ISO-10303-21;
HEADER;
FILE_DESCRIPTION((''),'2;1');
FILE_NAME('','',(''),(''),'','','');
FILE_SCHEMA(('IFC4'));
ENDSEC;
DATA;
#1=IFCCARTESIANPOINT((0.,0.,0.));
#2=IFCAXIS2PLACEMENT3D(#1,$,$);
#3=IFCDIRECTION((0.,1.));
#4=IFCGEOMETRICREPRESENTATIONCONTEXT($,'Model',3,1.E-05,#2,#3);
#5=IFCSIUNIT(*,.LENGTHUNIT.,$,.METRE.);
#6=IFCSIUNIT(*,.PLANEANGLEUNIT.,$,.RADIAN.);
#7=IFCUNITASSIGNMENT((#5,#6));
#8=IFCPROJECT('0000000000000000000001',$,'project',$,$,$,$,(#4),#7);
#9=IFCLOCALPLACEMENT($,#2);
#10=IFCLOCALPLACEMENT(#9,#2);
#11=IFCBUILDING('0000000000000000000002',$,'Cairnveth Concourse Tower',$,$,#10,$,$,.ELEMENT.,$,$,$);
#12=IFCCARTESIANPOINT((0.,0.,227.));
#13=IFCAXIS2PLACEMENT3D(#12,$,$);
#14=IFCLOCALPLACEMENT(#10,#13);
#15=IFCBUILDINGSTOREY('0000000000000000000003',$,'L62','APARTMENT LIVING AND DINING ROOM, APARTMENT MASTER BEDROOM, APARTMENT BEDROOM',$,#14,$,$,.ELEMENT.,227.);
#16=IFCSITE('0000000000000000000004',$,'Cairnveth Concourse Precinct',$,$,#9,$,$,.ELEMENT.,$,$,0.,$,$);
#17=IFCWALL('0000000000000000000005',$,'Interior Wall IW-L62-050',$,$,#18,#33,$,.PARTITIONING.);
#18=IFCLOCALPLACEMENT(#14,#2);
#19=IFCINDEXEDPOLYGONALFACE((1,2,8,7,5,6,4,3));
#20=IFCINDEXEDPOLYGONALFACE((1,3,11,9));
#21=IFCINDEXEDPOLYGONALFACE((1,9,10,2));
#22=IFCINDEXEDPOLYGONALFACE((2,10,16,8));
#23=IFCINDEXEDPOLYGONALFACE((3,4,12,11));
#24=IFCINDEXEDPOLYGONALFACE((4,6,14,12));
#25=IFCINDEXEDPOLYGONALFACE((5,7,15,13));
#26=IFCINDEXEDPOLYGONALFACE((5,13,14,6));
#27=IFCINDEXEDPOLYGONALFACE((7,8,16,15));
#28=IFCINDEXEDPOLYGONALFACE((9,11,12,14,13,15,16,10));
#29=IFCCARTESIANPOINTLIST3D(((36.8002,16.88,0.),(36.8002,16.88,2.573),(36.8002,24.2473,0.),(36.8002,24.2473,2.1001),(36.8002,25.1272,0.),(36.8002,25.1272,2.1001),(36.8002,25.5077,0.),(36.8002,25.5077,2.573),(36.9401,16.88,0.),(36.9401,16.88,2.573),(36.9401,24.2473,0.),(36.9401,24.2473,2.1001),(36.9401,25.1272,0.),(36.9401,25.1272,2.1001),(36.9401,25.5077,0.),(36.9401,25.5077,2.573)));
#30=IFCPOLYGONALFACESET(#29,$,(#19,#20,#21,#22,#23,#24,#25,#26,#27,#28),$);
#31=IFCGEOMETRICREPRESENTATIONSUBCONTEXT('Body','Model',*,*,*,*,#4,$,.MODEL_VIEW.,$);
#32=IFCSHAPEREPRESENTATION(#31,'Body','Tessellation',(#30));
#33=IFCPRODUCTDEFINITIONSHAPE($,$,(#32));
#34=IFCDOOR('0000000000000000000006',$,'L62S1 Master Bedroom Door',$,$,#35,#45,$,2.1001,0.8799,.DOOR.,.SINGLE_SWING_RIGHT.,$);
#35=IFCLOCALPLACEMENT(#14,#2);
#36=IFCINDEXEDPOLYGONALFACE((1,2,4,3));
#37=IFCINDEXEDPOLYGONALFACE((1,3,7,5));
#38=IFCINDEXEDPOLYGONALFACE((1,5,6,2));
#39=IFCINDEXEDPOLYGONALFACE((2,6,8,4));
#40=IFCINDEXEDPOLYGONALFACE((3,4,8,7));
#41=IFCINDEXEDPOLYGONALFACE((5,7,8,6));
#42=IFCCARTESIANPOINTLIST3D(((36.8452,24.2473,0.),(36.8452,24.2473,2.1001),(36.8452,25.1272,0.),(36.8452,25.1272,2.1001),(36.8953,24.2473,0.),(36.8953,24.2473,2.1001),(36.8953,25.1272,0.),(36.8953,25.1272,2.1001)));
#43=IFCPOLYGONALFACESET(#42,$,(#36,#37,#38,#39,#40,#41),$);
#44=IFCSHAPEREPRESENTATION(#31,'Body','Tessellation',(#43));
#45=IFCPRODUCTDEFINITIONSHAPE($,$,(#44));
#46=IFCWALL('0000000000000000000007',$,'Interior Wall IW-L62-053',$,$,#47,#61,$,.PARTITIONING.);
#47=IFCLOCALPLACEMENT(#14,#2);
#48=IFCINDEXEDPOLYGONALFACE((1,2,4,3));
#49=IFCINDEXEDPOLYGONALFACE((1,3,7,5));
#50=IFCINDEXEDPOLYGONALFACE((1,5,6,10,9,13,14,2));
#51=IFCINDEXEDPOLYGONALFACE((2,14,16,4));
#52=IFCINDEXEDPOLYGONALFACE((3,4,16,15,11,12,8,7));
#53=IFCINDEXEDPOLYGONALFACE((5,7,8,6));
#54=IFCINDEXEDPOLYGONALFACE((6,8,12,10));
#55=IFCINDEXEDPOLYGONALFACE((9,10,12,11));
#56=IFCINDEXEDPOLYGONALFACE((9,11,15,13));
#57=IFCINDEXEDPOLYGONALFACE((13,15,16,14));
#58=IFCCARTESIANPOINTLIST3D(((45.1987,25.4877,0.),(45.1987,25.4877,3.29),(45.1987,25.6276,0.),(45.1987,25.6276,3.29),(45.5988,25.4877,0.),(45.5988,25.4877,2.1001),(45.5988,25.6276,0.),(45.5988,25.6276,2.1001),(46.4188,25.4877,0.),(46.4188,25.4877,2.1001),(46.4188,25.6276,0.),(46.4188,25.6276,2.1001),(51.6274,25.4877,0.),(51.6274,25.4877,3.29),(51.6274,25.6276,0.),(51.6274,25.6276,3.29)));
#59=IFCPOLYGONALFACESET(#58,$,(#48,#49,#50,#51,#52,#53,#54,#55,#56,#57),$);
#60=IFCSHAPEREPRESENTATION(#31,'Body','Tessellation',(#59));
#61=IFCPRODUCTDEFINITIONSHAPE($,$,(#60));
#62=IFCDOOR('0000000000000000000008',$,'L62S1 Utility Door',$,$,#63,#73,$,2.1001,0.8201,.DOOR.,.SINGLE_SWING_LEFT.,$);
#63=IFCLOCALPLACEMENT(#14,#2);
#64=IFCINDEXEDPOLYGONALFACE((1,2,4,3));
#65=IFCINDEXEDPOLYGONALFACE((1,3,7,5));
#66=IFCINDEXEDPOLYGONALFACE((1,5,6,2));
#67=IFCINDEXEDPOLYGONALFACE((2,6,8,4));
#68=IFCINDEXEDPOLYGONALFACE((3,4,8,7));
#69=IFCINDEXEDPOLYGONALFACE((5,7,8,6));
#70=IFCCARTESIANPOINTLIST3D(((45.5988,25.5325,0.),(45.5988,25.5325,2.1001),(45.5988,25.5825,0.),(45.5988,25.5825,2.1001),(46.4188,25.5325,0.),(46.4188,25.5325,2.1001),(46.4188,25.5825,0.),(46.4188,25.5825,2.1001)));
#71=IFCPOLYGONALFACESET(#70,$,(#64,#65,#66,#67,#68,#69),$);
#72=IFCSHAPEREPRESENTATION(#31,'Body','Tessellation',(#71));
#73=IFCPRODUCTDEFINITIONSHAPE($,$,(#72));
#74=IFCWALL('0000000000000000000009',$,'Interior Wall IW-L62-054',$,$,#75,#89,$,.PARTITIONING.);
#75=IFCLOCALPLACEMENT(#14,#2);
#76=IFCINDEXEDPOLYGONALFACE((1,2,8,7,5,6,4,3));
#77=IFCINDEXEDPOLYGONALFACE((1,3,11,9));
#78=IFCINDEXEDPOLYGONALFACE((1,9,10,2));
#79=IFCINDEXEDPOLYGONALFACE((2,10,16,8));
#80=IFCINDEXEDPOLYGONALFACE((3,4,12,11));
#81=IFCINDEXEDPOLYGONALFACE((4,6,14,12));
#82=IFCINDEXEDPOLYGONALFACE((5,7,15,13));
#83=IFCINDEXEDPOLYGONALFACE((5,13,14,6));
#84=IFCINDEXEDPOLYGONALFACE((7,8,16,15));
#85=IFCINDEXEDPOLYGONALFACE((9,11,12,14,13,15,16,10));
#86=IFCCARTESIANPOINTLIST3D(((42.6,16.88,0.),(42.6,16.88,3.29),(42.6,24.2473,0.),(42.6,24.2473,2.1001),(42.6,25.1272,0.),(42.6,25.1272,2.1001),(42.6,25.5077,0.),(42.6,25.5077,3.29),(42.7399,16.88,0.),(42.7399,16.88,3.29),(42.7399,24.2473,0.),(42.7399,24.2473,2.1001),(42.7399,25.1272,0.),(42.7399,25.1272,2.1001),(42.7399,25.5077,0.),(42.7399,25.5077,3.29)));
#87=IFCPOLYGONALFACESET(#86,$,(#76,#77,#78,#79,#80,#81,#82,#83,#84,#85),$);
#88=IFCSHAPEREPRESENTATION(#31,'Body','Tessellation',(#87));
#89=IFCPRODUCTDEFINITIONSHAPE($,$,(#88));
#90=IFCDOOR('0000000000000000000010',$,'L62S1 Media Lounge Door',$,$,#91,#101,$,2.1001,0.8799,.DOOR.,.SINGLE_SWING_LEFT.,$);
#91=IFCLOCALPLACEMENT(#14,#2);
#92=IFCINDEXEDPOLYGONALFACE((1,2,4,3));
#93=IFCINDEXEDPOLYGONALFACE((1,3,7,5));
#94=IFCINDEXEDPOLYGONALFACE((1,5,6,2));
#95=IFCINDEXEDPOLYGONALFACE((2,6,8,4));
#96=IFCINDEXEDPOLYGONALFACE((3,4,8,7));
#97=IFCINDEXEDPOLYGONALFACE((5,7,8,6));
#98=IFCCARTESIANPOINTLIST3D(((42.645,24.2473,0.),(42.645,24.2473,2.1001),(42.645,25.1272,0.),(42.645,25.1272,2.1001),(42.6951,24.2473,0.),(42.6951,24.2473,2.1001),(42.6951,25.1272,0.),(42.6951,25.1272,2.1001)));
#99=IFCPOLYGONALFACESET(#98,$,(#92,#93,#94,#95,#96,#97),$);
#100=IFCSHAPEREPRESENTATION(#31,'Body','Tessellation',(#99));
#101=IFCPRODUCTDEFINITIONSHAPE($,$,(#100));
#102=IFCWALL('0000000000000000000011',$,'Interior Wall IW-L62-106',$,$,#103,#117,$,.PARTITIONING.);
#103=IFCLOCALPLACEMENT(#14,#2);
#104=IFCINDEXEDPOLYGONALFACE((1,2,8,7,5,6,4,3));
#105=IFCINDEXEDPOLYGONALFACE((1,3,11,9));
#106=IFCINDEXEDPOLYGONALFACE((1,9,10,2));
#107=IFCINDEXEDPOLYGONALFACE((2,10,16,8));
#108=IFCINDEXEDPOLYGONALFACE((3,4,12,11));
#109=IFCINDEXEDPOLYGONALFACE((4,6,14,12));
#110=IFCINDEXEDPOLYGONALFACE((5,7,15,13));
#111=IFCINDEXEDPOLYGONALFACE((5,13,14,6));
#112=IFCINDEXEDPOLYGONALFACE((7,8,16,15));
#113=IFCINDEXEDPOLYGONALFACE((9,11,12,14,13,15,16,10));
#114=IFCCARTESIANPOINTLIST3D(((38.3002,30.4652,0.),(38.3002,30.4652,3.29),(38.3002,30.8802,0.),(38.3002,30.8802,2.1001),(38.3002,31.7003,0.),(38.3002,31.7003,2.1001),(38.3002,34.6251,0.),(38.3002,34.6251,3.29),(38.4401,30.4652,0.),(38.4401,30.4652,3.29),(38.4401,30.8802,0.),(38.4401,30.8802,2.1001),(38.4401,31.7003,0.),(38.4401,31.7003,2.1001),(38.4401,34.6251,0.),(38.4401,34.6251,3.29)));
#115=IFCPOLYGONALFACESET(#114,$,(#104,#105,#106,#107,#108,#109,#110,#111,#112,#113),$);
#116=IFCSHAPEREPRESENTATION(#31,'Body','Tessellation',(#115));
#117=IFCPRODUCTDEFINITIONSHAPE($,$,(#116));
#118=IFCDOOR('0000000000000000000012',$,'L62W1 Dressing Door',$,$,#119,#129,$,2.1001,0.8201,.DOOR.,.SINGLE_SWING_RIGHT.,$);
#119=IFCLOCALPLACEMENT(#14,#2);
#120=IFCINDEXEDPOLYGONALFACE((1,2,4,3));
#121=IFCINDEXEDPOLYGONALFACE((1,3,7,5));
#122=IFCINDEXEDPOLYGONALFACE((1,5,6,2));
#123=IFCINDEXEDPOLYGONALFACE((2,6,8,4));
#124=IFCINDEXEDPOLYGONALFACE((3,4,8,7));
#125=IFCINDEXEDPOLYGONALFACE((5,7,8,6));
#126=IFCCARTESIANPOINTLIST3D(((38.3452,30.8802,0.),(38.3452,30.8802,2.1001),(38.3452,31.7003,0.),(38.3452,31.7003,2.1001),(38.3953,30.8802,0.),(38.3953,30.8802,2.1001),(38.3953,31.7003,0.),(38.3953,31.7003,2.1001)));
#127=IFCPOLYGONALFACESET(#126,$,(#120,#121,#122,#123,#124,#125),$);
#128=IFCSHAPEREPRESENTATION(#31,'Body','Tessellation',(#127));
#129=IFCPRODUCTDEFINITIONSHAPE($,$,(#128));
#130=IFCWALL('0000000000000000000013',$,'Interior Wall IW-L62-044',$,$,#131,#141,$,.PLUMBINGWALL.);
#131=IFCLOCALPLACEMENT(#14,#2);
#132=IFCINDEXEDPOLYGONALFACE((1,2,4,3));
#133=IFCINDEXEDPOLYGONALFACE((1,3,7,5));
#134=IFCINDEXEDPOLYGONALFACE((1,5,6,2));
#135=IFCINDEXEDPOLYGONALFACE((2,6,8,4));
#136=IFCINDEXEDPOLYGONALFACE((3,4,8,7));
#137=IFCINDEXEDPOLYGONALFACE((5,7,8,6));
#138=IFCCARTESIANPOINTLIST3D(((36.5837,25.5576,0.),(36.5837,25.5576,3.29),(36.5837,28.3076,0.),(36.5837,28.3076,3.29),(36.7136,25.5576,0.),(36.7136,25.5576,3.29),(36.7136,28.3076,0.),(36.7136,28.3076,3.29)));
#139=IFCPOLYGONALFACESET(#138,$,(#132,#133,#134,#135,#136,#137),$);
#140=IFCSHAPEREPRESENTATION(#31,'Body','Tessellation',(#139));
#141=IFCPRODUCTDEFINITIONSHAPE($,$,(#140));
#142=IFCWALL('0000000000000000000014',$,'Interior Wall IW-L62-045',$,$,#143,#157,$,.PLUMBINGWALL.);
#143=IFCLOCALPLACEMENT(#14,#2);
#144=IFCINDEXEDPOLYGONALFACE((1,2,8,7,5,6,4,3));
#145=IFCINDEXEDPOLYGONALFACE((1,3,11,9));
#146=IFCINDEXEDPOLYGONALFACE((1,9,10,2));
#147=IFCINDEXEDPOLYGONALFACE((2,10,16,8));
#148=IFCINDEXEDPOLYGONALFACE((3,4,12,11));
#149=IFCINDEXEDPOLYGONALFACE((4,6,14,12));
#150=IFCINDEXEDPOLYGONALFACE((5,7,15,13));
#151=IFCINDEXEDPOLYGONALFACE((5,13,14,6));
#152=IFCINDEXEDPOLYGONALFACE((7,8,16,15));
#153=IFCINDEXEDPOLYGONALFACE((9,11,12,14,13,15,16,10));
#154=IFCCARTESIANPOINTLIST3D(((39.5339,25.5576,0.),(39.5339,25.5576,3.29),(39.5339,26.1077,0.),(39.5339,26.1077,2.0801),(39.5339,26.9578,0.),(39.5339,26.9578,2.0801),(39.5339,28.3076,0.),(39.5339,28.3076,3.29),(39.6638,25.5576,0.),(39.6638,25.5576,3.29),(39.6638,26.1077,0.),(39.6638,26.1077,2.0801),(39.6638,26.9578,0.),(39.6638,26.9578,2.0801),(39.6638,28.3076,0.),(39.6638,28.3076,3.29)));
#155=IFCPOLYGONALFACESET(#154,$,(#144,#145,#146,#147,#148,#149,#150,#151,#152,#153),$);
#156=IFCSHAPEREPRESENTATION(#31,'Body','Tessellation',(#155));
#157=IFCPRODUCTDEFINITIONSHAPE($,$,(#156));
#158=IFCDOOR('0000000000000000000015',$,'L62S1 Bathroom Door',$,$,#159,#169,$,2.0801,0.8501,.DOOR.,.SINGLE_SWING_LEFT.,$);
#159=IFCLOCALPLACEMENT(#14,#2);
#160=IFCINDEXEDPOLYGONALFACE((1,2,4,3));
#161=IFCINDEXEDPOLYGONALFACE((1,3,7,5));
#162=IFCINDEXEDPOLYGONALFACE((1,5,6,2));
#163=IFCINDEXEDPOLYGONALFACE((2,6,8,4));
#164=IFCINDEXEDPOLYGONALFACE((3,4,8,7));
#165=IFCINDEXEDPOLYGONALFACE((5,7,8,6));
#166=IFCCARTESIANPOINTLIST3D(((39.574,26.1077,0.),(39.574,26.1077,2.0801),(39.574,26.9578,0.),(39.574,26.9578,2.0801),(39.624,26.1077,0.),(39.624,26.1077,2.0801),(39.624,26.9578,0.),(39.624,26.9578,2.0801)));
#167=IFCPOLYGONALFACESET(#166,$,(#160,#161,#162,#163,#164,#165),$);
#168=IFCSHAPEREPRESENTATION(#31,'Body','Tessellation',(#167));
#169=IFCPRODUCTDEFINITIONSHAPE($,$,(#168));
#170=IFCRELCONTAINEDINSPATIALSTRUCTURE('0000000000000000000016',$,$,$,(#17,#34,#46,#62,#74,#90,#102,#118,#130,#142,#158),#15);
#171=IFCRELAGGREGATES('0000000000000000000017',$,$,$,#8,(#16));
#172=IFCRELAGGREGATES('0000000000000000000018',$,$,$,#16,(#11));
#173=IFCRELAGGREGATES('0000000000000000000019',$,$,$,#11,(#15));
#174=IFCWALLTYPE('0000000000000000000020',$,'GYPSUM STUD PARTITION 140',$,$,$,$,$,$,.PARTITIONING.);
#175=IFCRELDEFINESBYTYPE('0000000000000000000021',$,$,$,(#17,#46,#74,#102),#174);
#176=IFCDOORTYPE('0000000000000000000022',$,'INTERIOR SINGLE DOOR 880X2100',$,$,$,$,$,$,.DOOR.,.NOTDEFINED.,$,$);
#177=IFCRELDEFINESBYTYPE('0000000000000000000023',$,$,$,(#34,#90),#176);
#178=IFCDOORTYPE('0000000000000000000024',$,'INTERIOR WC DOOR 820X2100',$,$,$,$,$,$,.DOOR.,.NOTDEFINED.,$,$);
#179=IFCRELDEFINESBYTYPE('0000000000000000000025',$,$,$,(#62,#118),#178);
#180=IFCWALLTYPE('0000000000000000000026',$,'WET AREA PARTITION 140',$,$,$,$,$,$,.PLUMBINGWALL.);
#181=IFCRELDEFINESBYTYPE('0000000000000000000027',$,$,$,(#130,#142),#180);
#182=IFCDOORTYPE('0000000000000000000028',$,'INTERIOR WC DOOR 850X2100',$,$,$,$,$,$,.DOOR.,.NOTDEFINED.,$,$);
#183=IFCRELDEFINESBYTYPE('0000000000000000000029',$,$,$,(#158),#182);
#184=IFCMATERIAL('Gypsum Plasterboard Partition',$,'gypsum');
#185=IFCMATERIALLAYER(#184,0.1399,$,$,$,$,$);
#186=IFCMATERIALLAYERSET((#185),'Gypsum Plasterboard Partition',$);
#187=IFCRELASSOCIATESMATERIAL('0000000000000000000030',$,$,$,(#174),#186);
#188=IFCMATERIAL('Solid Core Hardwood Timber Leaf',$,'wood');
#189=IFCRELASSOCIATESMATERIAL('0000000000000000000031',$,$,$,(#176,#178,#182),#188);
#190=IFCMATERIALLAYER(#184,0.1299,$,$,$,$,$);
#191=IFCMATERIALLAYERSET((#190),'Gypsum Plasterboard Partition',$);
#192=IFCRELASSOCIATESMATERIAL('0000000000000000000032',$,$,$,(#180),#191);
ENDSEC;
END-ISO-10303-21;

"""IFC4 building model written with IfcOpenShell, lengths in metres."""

from ifc_helpers import new_model, si_unit, direction, frame, frame_2d, origin, place, context, subcontext, project, spatial, rectangle, extrude, material, layer, layer_set, type_object, element, fill, save


model = new_model("IFC4")

# Units and contexts
model_context = context("Model", 3, precision=1e-05, world=origin(), true_north=direction((0.0, 1.0)))
body_context = subcontext(model_context, "Body", "Model", "MODEL_VIEW")
ifc_project = project(units=[si_unit("LENGTHUNIT", "METRE"), si_unit("PLANEANGLEUNIT", "RADIAN")], contexts=[model_context])

# Site, building, storey
site_placement = place(None, origin())
site = spatial("IfcSite", under=ifc_project, at=site_placement, Name="Cairnveth Concourse Precinct", CompositionType="ELEMENT", RefElevation=0.0)
building_placement = place(site_placement, origin())
building = spatial("IfcBuilding", under=site, at=building_placement, Name="Cairnveth Concourse Tower", CompositionType="ELEMENT")
storey_placement = place(building_placement, frame((0.0, 0.0, 227.0)))
storey = spatial("IfcBuildingStorey", under=building, at=storey_placement, Name="L62", Description="APARTMENT LIVING AND DINING ROOM, APARTMENT MASTER BEDROOM, APARTMENT BEDROOM", CompositionType="ELEMENT", Elevation=227.0)

# Walls, openings, doors
ifc_material_1 = material(Name="Gypsum Plasterboard Partition", Category="gypsum")
ifc_material_2 = material(Name="Solid Core Hardwood Timber Leaf", Category="wood")
ifc_layer_1 = layer(ifc_material_1, 0.1399)
ifc_layer_set_1 = layer_set([ifc_layer_1], Name="Gypsum Plasterboard Partition")
wall_type_1 = type_object("IfcWallType", Name="GYPSUM STUD PARTITION 140", PredefinedType="PARTITIONING", material=ifc_layer_set_1)
wall_1_placement = place(storey_placement, frame((36.8701, 16.8799, 0.0), z_axis=(0.0, 0.0, 1.0), x_axis=(0.0, 1.0, 0.0)))
wall_1 = element("IfcWall", 1, at=wall_1_placement, inside=storey, type_object=wall_type_1, Name="Interior Wall IW-L62-050", PredefinedType="PARTITIONING", context=body_context, shape_type="SweptSolid", body=[
    extrude(rectangle(XDim=8.6277, YDim=0.1399, at=frame_2d((4.314, 0.0))), origin(), (0.0, 0.0, 1.0), 2.573),
])
opening_1_placement = place(wall_1_placement, frame((7.3674, 0.0, 0.0)))
opening_1 = element("IfcOpeningElement", 2, at=opening_1_placement, cuts=wall_1, PredefinedType="OPENING", context=body_context, shape_type="SweptSolid", body=[
    extrude(rectangle(XDim=0.8799, YDim=2.1001, at=frame_2d((0.4399, 1.05))), frame((0.0, 0.0798, 0.0), z_axis=(0.0, -1.0, 0.0), x_axis=(1.0, 0.0, 0.0)), (0.0, 0.0, 1.0), 0.1599),
])
door_type_1 = type_object("IfcDoorType", Name="INTERIOR SINGLE DOOR 880X2100", OperationType="NOTDEFINED", PredefinedType="DOOR", material=ifc_material_2)
door_1_placement = place(opening_1_placement, origin())
door_1 = element("IfcDoor", 3, at=door_1_placement, inside=storey, type_object=door_type_1, Name="L62S1 Master Bedroom Door", OperationType="SINGLE_SWING_RIGHT", OverallHeight=2.1001, OverallWidth=0.8799, PredefinedType="DOOR", context=body_context, shape_type="SweptSolid", body=[
    extrude(rectangle(XDim=0.8799, YDim=2.1001, at=frame_2d((0.4399, 1.05))), frame((0.0, 0.0249, 0.0), z_axis=(0.0, -1.0, 0.0), x_axis=(1.0, 0.0, 0.0)), (0.0, 0.0, 1.0), 0.05),
])
fill(opening_1, door_1)
wall_2_placement = place(storey_placement, frame((45.1987, 25.5576, 0.0), z_axis=(0.0, 0.0, 1.0), x_axis=(1.0, 0.0, 0.0)))
wall_2 = element("IfcWall", 4, at=wall_2_placement, inside=storey, type_object=wall_type_1, Name="Interior Wall IW-L62-053", PredefinedType="PARTITIONING", context=body_context, shape_type="SweptSolid", body=[
    extrude(rectangle(XDim=6.4287, YDim=0.1399, at=frame_2d((3.2144, 0.0))), origin(), (0.0, 0.0, 1.0), 3.29),
])
opening_2_placement = place(wall_2_placement, frame((0.3999, 0.0, 0.0)))
opening_2 = element("IfcOpeningElement", 5, at=opening_2_placement, cuts=wall_2, PredefinedType="OPENING", context=body_context, shape_type="SweptSolid", body=[
    extrude(rectangle(XDim=0.8201, YDim=2.1001, at=frame_2d((0.4102, 1.05))), frame((0.0, 0.0798, 0.0), z_axis=(0.0, -1.0, 0.0), x_axis=(1.0, 0.0, 0.0)), (0.0, 0.0, 1.0), 0.1599),
])
door_type_2 = type_object("IfcDoorType", Name="INTERIOR WC DOOR 820X2100", OperationType="NOTDEFINED", PredefinedType="DOOR", material=ifc_material_2)
door_2_placement = place(opening_2_placement, origin())
door_2 = element("IfcDoor", 6, at=door_2_placement, inside=storey, type_object=door_type_2, Name="L62S1 Utility Door", OperationType="SINGLE_SWING_LEFT", OverallHeight=2.1001, OverallWidth=0.8201, PredefinedType="DOOR", context=body_context, shape_type="SweptSolid", body=[
    extrude(rectangle(XDim=0.8201, YDim=2.1001, at=frame_2d((0.4102, 1.05))), frame((0.0, 0.0249, 0.0), z_axis=(0.0, -1.0, 0.0), x_axis=(1.0, 0.0, 0.0)), (0.0, 0.0, 1.0), 0.05),
])
fill(opening_2, door_2)
wall_3_placement = place(storey_placement, frame((42.6699, 16.8799, 0.0), z_axis=(0.0, 0.0, 1.0), x_axis=(0.0, 1.0, 0.0)))
wall_3 = element("IfcWall", 7, at=wall_3_placement, inside=storey, type_object=wall_type_1, Name="Interior Wall IW-L62-054", PredefinedType="PARTITIONING", context=body_context, shape_type="SweptSolid", body=[
    extrude(rectangle(XDim=8.6277, YDim=0.1399, at=frame_2d((4.314, 0.0))), origin(), (0.0, 0.0, 1.0), 3.29),
])
opening_3_placement = place(wall_3_placement, frame((7.3674, 0.0, 0.0)))
opening_3 = element("IfcOpeningElement", 8, at=opening_3_placement, cuts=wall_3, PredefinedType="OPENING", context=body_context, shape_type="SweptSolid", body=[
    extrude(rectangle(XDim=0.8799, YDim=2.1001, at=frame_2d((0.4399, 1.05))), frame((0.0, 0.0798, 0.0), z_axis=(0.0, -1.0, 0.0), x_axis=(1.0, 0.0, 0.0)), (0.0, 0.0, 1.0), 0.1599),
])
door_3_placement = place(opening_3_placement, origin())
door_3 = element("IfcDoor", 9, at=door_3_placement, inside=storey, type_object=door_type_1, Name="L62S1 Media Lounge Door", OperationType="SINGLE_SWING_LEFT", OverallHeight=2.1001, OverallWidth=0.8799, PredefinedType="DOOR", context=body_context, shape_type="SweptSolid", body=[
    extrude(rectangle(XDim=0.8799, YDim=2.1001, at=frame_2d((0.4399, 1.05))), frame((0.0, 0.0249, 0.0), z_axis=(0.0, -1.0, 0.0), x_axis=(1.0, 0.0, 0.0)), (0.0, 0.0, 1.0), 0.05),
])
fill(opening_3, door_3)
wall_4_placement = place(storey_placement, frame((38.3701, 30.4651, 0.0), z_axis=(0.0, 0.0, 1.0), x_axis=(0.0, 1.0, 0.0)))
wall_4 = element("IfcWall", 10, at=wall_4_placement, inside=storey, type_object=wall_type_1, Name="Interior Wall IW-L62-106", PredefinedType="PARTITIONING", context=body_context, shape_type="SweptSolid", body=[
    extrude(rectangle(XDim=4.1599, YDim=0.1399, at=frame_2d((2.0801, 0.0))), origin(), (0.0, 0.0, 1.0), 3.29),
])
opening_4_placement = place(wall_4_placement, frame((0.415, 0.0, 0.0)))
opening_4 = element("IfcOpeningElement", 11, at=opening_4_placement, cuts=wall_4, PredefinedType="OPENING", context=body_context, shape_type="SweptSolid", body=[
    extrude(rectangle(XDim=0.8201, YDim=2.1001, at=frame_2d((0.4102, 1.05))), frame((0.0, 0.0798, 0.0), z_axis=(0.0, -1.0, 0.0), x_axis=(1.0, 0.0, 0.0)), (0.0, 0.0, 1.0), 0.1599),
])
door_4_placement = place(opening_4_placement, origin())
door_4 = element("IfcDoor", 12, at=door_4_placement, inside=storey, type_object=door_type_2, Name="L62W1 Dressing Door", OperationType="SINGLE_SWING_RIGHT", OverallHeight=2.1001, OverallWidth=0.8201, PredefinedType="DOOR", context=body_context, shape_type="SweptSolid", body=[
    extrude(rectangle(XDim=0.8201, YDim=2.1001, at=frame_2d((0.4102, 1.05))), frame((0.0, 0.0249, 0.0), z_axis=(0.0, -1.0, 0.0), x_axis=(1.0, 0.0, 0.0)), (0.0, 0.0, 1.0), 0.05),
])
fill(opening_4, door_4)

# Wall
ifc_layer_2 = layer(ifc_material_1, 0.1299)
ifc_layer_set_2 = layer_set([ifc_layer_2], Name="Gypsum Plasterboard Partition")
wall_type_2 = type_object("IfcWallType", Name="WET AREA PARTITION 140", PredefinedType="PLUMBINGWALL", material=ifc_layer_set_2)
wall_5_placement = place(storey_placement, frame((36.6487, 25.5576, 0.0), z_axis=(0.0, 0.0, 1.0), x_axis=(0.0, 1.0, 0.0)))
element("IfcWall", 13, at=wall_5_placement, inside=storey, type_object=wall_type_2, Name="Interior Wall IW-L62-044", PredefinedType="PLUMBINGWALL", context=body_context, shape_type="SweptSolid", body=[
    extrude(rectangle(XDim=2.75, YDim=0.1299, at=frame_2d((1.375, 0.0))), origin(), (0.0, 0.0, 1.0), 3.29),
])

# Wall, opening, door
wall_6_placement = place(storey_placement, frame((39.5989, 25.5576, 0.0), z_axis=(0.0, 0.0, 1.0), x_axis=(0.0, 1.0, 0.0)))
wall_6 = element("IfcWall", 14, at=wall_6_placement, inside=storey, type_object=wall_type_2, Name="Interior Wall IW-L62-045", PredefinedType="PLUMBINGWALL", context=body_context, shape_type="SweptSolid", body=[
    extrude(rectangle(XDim=2.75, YDim=0.1299, at=frame_2d((1.375, 0.0))), origin(), (0.0, 0.0, 1.0), 3.29),
])
opening_5_placement = place(wall_6_placement, frame((0.55, 0.0, 0.0)))
opening_5 = element("IfcOpeningElement", 15, at=opening_5_placement, cuts=wall_6, PredefinedType="OPENING", context=body_context, shape_type="SweptSolid", body=[
    extrude(rectangle(XDim=0.8501, YDim=2.0801, at=frame_2d((0.425, 1.04))), frame((0.0, 0.075, 0.0), z_axis=(0.0, -1.0, 0.0), x_axis=(1.0, 0.0, 0.0)), (0.0, 0.0, 1.0), 0.1499),
])
door_type_3 = type_object("IfcDoorType", Name="INTERIOR WC DOOR 850X2100", OperationType="NOTDEFINED", PredefinedType="DOOR", material=ifc_material_2)
door_5_placement = place(opening_5_placement, origin())
door_5 = element("IfcDoor", 16, at=door_5_placement, inside=storey, type_object=door_type_3, Name="L62S1 Bathroom Door", OperationType="SINGLE_SWING_LEFT", OverallHeight=2.0801, OverallWidth=0.8501, PredefinedType="DOOR", context=body_context, shape_type="SweptSolid", body=[
    extrude(rectangle(XDim=0.8501, YDim=2.0801, at=frame_2d((0.425, 1.04))), frame((0.0, 0.0249, 0.0), z_axis=(0.0, -1.0, 0.0), x_axis=(1.0, 0.0, 0.0)), (0.0, 0.0, 1.0), 0.05),
])
fill(opening_5, door_5)

save(model, "model.ifc")
